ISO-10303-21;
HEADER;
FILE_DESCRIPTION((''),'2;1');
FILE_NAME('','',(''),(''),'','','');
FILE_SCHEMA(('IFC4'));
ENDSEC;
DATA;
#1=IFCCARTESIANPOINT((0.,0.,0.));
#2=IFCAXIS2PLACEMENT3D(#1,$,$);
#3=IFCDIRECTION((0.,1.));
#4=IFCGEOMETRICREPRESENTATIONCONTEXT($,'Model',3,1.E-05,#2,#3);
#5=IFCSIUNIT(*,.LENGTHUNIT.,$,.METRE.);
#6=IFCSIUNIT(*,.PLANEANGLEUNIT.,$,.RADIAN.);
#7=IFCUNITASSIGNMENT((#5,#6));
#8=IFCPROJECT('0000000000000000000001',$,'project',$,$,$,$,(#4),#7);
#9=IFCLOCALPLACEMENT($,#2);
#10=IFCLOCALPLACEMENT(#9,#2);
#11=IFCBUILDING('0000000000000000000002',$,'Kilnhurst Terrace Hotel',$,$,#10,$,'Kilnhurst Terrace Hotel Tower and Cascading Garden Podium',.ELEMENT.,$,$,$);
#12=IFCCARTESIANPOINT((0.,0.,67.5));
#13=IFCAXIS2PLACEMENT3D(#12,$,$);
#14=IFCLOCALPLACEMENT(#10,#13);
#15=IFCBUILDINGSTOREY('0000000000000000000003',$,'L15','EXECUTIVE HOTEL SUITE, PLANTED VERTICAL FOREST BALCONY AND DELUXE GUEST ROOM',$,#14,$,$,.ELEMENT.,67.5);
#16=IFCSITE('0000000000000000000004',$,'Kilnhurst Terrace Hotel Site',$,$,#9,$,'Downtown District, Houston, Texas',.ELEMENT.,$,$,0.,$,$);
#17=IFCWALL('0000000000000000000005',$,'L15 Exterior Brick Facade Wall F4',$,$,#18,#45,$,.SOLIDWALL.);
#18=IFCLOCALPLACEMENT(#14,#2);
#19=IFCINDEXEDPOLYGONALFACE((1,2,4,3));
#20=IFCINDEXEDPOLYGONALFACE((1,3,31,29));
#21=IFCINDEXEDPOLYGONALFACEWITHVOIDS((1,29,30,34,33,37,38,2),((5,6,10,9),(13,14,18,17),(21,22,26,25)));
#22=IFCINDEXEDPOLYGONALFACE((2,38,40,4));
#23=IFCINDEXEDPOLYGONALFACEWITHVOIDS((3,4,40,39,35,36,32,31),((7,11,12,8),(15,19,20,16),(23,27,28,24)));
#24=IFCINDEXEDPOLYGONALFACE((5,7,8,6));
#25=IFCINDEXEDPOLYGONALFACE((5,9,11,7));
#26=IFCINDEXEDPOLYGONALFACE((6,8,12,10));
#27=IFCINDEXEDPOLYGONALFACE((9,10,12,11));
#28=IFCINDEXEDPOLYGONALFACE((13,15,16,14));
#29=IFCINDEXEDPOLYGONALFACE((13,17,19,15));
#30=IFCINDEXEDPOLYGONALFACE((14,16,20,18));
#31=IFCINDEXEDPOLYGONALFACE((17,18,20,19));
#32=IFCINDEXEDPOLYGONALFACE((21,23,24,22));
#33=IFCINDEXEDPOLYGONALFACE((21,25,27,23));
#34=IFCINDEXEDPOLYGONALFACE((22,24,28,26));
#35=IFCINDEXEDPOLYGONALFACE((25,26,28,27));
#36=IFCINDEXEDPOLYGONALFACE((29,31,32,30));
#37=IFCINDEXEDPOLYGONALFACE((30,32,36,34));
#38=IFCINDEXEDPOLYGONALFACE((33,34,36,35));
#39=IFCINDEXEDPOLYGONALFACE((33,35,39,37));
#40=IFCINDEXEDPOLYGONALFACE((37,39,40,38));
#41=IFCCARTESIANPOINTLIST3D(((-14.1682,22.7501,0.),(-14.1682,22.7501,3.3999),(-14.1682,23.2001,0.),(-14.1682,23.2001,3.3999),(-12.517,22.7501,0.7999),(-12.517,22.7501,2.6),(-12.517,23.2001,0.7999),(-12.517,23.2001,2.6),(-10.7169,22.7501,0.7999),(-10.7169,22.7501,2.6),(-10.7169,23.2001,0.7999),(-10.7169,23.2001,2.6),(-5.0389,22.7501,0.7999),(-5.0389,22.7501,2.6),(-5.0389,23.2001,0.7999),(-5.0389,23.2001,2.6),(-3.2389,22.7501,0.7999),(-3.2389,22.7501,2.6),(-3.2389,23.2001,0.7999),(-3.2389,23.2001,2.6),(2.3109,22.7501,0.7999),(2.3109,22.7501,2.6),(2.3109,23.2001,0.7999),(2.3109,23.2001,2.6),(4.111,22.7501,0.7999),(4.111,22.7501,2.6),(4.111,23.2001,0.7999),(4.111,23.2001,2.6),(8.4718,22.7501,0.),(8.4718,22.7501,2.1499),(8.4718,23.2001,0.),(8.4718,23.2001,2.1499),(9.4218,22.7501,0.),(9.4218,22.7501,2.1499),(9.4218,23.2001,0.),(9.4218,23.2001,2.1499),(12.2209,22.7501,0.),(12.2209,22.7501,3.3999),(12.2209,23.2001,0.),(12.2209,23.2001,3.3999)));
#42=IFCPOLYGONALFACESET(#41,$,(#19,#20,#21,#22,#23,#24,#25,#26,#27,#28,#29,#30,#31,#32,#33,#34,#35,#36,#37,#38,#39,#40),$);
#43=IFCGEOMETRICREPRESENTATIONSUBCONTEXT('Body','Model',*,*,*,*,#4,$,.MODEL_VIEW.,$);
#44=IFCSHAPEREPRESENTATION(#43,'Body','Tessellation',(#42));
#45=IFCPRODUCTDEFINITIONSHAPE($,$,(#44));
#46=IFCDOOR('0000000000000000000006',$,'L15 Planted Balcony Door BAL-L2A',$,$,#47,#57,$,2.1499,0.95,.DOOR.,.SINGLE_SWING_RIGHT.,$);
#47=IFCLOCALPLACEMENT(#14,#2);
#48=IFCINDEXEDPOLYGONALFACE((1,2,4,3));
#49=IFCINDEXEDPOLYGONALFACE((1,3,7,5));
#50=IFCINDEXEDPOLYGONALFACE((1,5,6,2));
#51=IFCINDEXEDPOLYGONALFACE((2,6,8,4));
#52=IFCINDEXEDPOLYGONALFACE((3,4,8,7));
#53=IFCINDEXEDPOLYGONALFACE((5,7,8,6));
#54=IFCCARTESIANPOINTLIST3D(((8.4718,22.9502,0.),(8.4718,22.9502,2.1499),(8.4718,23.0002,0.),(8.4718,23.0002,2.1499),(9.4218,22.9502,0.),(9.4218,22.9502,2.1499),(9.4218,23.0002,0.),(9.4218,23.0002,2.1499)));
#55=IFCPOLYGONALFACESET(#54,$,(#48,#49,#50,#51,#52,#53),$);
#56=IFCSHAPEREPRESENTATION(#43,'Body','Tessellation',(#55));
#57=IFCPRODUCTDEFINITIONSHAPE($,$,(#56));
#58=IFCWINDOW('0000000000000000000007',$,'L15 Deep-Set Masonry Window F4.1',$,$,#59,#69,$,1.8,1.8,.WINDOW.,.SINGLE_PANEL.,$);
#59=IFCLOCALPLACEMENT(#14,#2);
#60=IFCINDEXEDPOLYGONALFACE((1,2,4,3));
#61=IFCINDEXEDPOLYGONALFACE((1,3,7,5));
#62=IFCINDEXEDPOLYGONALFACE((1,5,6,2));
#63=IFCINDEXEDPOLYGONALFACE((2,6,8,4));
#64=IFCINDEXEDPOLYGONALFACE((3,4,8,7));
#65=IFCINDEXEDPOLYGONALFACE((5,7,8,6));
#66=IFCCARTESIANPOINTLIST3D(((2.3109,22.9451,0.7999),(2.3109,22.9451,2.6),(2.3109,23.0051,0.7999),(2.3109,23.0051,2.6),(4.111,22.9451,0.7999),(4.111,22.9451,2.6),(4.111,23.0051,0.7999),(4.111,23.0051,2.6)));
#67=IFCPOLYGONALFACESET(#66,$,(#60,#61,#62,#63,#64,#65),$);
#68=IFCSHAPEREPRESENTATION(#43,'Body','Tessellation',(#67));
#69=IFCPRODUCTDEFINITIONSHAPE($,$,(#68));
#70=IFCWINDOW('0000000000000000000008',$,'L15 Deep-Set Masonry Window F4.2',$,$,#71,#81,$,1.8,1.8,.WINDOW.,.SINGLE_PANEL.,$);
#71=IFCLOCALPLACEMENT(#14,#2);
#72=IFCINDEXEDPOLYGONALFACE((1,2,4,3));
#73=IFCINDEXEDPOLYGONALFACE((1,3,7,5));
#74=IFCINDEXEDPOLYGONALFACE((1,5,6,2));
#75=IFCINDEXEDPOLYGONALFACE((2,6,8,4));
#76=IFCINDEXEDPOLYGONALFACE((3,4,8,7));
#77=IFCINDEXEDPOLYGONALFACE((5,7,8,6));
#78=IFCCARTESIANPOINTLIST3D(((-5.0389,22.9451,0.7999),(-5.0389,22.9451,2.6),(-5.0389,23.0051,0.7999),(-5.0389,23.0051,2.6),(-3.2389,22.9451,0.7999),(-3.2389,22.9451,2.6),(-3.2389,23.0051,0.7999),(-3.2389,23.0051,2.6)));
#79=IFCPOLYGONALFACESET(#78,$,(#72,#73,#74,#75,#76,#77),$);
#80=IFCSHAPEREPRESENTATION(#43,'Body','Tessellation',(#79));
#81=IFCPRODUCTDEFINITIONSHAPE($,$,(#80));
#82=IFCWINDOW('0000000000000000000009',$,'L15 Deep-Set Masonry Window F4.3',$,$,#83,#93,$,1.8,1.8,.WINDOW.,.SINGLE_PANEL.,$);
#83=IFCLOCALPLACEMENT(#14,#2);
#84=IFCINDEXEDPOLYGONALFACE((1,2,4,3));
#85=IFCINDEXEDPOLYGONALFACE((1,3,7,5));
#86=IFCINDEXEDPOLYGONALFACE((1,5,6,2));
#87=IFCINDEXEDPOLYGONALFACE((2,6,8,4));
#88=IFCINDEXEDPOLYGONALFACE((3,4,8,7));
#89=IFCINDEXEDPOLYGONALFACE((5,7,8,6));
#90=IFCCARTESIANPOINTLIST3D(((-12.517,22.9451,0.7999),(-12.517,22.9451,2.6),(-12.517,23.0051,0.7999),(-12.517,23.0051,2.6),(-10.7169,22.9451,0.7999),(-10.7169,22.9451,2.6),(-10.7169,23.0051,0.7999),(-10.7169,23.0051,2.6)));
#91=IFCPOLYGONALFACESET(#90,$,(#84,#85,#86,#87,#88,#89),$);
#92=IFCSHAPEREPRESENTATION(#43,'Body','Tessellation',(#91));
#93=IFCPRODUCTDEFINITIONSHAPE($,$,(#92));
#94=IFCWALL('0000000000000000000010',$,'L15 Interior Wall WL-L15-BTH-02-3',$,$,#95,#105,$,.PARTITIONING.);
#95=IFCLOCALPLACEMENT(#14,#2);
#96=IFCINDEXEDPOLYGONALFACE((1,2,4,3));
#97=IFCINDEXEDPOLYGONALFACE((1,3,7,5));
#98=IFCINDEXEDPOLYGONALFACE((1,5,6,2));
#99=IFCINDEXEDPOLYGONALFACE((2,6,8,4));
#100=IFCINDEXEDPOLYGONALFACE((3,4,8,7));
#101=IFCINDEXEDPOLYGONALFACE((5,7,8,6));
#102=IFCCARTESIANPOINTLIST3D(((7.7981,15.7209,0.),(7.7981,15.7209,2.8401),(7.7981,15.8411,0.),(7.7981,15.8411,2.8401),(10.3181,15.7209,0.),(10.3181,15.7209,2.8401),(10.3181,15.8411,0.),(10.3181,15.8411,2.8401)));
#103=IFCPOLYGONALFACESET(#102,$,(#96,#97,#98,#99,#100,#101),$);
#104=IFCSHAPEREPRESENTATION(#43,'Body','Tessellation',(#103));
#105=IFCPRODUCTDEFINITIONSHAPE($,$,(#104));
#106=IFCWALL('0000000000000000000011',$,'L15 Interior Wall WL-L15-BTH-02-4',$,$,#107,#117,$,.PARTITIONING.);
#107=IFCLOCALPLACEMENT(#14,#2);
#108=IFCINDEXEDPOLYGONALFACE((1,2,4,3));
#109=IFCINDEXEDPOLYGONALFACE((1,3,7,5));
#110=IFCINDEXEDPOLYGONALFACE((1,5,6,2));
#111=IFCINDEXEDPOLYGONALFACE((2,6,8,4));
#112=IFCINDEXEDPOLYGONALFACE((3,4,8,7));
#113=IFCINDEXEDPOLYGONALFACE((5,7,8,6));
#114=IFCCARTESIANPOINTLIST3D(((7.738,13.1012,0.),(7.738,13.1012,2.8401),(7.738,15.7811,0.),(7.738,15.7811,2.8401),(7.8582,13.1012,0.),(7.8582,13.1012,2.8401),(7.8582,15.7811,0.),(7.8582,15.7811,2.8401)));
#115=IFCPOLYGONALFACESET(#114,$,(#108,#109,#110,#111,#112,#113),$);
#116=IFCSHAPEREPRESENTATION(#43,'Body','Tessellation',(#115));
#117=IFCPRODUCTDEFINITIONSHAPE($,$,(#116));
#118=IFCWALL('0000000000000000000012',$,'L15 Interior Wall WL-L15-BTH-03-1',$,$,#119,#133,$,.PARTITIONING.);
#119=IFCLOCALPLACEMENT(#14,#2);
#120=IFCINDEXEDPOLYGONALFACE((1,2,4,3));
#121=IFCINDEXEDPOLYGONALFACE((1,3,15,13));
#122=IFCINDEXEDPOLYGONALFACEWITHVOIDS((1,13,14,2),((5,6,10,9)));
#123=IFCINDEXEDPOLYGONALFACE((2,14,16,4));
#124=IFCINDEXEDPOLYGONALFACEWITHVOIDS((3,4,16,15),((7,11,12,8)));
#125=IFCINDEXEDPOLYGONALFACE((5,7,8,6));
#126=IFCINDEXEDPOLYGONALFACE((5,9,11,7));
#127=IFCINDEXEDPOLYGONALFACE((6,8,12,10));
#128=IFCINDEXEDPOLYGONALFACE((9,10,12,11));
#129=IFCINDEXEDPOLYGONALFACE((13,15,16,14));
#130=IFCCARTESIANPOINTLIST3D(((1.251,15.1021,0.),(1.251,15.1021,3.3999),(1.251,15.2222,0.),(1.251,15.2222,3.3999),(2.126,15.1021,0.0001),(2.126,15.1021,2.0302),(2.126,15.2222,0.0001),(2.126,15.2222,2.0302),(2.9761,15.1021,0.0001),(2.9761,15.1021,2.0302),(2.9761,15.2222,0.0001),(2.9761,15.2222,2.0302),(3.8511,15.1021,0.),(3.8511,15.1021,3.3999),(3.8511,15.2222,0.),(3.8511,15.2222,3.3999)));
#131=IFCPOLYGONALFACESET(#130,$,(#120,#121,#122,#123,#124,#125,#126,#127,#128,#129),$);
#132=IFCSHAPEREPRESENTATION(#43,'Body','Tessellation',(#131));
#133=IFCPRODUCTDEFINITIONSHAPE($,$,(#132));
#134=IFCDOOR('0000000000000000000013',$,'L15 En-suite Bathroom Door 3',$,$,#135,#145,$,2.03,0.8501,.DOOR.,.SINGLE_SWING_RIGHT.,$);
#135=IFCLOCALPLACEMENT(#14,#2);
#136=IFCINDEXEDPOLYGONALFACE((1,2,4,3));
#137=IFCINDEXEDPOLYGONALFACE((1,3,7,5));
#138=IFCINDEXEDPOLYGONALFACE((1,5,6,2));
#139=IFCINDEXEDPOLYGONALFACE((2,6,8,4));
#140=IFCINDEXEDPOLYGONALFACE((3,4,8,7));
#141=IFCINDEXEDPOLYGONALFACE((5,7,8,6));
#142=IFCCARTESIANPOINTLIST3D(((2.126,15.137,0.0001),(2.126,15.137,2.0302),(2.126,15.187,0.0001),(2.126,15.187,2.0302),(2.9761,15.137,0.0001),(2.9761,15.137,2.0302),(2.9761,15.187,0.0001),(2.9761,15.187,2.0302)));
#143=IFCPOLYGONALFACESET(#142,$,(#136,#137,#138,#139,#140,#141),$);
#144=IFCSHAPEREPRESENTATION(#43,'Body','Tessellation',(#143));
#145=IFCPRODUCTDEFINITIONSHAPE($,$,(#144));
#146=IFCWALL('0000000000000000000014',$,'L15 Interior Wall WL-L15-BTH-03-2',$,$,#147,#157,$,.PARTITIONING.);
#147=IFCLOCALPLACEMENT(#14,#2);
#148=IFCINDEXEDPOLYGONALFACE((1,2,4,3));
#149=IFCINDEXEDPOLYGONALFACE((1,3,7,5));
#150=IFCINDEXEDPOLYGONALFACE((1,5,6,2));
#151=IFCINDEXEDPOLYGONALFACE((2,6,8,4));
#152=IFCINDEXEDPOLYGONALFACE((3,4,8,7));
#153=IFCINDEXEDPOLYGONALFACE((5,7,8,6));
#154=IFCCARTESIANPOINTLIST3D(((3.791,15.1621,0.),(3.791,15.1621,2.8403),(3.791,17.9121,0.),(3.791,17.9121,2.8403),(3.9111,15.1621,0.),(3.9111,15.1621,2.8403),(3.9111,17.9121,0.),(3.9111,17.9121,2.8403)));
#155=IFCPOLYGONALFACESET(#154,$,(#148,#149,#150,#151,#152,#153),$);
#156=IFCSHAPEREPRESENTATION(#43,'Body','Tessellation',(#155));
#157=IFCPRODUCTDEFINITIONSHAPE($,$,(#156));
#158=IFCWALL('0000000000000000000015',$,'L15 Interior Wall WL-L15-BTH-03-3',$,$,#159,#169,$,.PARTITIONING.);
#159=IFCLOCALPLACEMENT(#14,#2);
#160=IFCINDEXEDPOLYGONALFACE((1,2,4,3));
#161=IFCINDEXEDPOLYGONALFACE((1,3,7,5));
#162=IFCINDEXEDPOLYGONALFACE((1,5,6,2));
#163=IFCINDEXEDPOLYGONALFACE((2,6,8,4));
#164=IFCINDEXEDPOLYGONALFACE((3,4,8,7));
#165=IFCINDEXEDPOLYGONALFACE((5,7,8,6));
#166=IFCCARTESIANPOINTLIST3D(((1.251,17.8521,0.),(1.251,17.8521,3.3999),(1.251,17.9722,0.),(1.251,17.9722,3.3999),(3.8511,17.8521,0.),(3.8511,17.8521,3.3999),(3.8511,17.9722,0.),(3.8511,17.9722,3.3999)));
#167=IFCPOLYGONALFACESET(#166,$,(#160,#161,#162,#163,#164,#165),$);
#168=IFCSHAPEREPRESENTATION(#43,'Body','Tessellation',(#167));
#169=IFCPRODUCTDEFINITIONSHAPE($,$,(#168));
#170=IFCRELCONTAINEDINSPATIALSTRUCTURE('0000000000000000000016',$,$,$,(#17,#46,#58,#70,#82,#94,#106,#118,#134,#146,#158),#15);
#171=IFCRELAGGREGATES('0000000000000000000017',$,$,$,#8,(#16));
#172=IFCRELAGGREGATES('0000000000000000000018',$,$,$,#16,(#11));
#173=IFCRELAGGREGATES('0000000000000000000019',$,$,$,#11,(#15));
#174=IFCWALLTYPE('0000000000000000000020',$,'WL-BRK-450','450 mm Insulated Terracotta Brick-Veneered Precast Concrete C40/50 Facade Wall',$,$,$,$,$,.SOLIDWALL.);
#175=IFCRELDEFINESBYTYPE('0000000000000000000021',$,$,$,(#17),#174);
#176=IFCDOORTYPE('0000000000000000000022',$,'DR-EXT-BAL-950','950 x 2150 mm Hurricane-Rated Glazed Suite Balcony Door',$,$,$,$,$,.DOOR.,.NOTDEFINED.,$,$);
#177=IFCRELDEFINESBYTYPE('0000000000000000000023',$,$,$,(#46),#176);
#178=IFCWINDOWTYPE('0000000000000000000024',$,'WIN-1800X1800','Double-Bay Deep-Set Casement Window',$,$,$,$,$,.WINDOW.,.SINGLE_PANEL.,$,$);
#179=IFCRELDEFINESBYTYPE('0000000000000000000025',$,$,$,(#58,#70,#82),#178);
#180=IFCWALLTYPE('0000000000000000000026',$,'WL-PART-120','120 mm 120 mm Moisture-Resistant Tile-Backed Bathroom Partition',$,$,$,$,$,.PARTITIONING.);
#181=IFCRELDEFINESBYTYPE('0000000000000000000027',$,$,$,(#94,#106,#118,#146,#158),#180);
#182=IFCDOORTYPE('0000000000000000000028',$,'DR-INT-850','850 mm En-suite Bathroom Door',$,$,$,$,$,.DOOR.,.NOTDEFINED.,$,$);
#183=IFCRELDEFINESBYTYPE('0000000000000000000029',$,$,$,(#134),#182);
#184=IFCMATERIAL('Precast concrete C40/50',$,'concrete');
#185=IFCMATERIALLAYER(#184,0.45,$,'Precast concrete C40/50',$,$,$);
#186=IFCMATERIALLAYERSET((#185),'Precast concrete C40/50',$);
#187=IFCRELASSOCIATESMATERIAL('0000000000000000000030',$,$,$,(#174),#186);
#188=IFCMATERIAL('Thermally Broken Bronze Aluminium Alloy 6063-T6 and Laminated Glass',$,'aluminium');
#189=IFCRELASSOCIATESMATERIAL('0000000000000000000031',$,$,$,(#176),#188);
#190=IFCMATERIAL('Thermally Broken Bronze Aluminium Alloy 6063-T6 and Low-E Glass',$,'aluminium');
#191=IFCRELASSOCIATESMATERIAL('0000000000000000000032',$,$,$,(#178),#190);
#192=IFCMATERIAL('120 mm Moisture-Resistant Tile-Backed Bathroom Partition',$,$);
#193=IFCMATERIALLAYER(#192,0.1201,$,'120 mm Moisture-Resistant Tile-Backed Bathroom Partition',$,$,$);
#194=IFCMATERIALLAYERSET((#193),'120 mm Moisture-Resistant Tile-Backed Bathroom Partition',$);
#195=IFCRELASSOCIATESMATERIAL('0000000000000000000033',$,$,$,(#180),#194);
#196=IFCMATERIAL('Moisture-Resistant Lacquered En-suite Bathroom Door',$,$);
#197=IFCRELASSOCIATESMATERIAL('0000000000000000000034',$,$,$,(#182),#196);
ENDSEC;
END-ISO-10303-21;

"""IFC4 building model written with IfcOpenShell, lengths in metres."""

from ifc_helpers import new_model, si_unit, direction, frame, frame_2d, origin, place, context, subcontext, project, spatial, rectangle, extrude, material, layer, layer_set, type_object, element, fill, save


model = new_model("IFC4")

# Units and contexts
model_context = context("Model", 3, precision=1e-05, world=origin(), true_north=direction((0.0, 1.0)))
body_context = subcontext(model_context, "Body", "Model", "MODEL_VIEW")
ifc_project = project(units=[si_unit("LENGTHUNIT", "METRE"), si_unit("PLANEANGLEUNIT", "RADIAN")], contexts=[model_context])

# Site, building, storey
site_placement = place(None, origin())
site = spatial("IfcSite", under=ifc_project, at=site_placement, Name="Kilnhurst Terrace Hotel Site", LongName="Downtown District, Houston, Texas", CompositionType="ELEMENT", RefElevation=0.0)
building_placement = place(site_placement, origin())
building = spatial("IfcBuilding", under=site, at=building_placement, Name="Kilnhurst Terrace Hotel", LongName="Kilnhurst Terrace Hotel Tower and Cascading Garden Podium", CompositionType="ELEMENT")
storey_placement = place(building_placement, frame((0.0, 0.0, 67.5)))
storey = spatial("IfcBuildingStorey", under=building, at=storey_placement, Name="L15", Description="EXECUTIVE HOTEL SUITE, PLANTED VERTICAL FOREST BALCONY AND DELUXE GUEST ROOM", CompositionType="ELEMENT", Elevation=67.5)

# Shared definitions
ifc_material_1 = material(Name="Precast concrete C40/50", Category="concrete")
ifc_layer_1 = layer(ifc_material_1, 0.45, Name="Precast concrete C40/50")
ifc_layer_set_1 = layer_set([ifc_layer_1], Name="Precast concrete C40/50")
wall_type_1 = type_object("IfcWallType", Name="WL-BRK-450", Description="450 mm Insulated Terracotta Brick-Veneered Precast Concrete C40/50 Facade Wall", PredefinedType="SOLIDWALL", material=ifc_layer_set_1)

# Wall, openings, door, windows
wall_1_placement = place(storey_placement, frame((12.2209, 22.9751, 0.0), z_axis=(0.0, 0.0, 1.0), x_axis=(-1.0, 0.0, 0.0)))
wall_1 = element("IfcWall", 1, at=wall_1_placement, inside=storey, type_object=wall_type_1, Name="L15 Exterior Brick Facade Wall F4", PredefinedType="SOLIDWALL", context=body_context, shape_type="SweptSolid", body=[
    extrude(rectangle(XDim=26.3892, YDim=0.45, at=frame_2d((13.1946, 0.0))), origin(), (0.0, 0.0, 1.0), 3.3999),
])
opening_1_placement = place(wall_1_placement, frame((2.7991, 0.0, 0.0)))
opening_1 = element("IfcOpeningElement", 2, at=opening_1_placement, cuts=wall_1, PredefinedType="OPENING", context=body_context, shape_type="SweptSolid", body=[
    extrude(rectangle(XDim=0.95, YDim=2.1499, at=frame_2d((0.4751, 1.075))), frame((0.0, 0.2349, 0.0), z_axis=(0.0, -1.0, 0.0), x_axis=(1.0, 0.0, 0.0)), (0.0, 0.0, 1.0), 0.47),
])
opening_2_placement = place(wall_1_placement, frame((8.1101, 0.0, 0.8)))
opening_2 = element("IfcOpeningElement", 3, at=opening_2_placement, cuts=wall_1, PredefinedType="OPENING", context=body_context, shape_type="SweptSolid", body=[
    extrude(rectangle(XDim=1.8, YDim=1.8, at=frame_2d((0.8999, 0.8999))), frame((0.0, 0.2349, 0.0), z_axis=(0.0, -1.0, 0.0), x_axis=(1.0, 0.0, 0.0)), (0.0, 0.0, 1.0), 0.47),
])
opening_3_placement = place(wall_1_placement, frame((15.46, 0.0, 0.8)))
opening_3 = element("IfcOpeningElement", 4, at=opening_3_placement, cuts=wall_1, PredefinedType="OPENING", context=body_context, shape_type="SweptSolid", body=[
    extrude(rectangle(XDim=1.8, YDim=1.8, at=frame_2d((0.8999, 0.8999))), frame((0.0, 0.2349, 0.0), z_axis=(0.0, -1.0, 0.0), x_axis=(1.0, 0.0, 0.0)), (0.0, 0.0, 1.0), 0.47),
])
opening_4_placement = place(wall_1_placement, frame((22.938, 0.0, 0.8)))
opening_4 = element("IfcOpeningElement", 5, at=opening_4_placement, cuts=wall_1, PredefinedType="OPENING", context=body_context, shape_type="SweptSolid", body=[
    extrude(rectangle(XDim=1.8, YDim=1.8, at=frame_2d((0.8999, 0.8999))), frame((0.0, 0.2349, 0.0), z_axis=(0.0, -1.0, 0.0), x_axis=(1.0, 0.0, 0.0)), (0.0, 0.0, 1.0), 0.47),
])
ifc_material_2 = material(Name="Thermally Broken Bronze Aluminium Alloy 6063-T6 and Laminated Glass", Category="aluminium")
door_type_1 = type_object("IfcDoorType", Name="DR-EXT-BAL-950", Description="950 x 2150 mm Hurricane-Rated Glazed Suite Balcony Door", OperationType="NOTDEFINED", PredefinedType="DOOR", material=ifc_material_2)
door_1_placement = place(opening_1_placement, origin())
door_1 = element("IfcDoor", 6, at=door_1_placement, inside=storey, type_object=door_type_1, Name="L15 Planted Balcony Door BAL-L2A", OperationType="SINGLE_SWING_RIGHT", OverallHeight=2.1499, OverallWidth=0.95, PredefinedType="DOOR", context=body_context, shape_type="SweptSolid", body=[
    extrude(rectangle(XDim=0.95, YDim=2.1499, at=frame_2d((0.4751, 1.075))), frame((0.0, 0.0249, 0.0), z_axis=(0.0, -1.0, 0.0), x_axis=(1.0, 0.0, 0.0)), (0.0, 0.0, 1.0), 0.05),
])
fill(opening_1, door_1)
ifc_material_3 = material(Name="Thermally Broken Bronze Aluminium Alloy 6063-T6 and Low-E Glass", Category="aluminium")
window_type = type_object("IfcWindowType", Name="WIN-1800X1800", Description="Double-Bay Deep-Set Casement Window", PartitioningType="SINGLE_PANEL", PredefinedType="WINDOW", material=ifc_material_3)
window_1_placement = place(opening_2_placement, origin())
window_1 = element("IfcWindow", 7, at=window_1_placement, inside=storey, type_object=window_type, Name="L15 Deep-Set Masonry Window F4.1", OverallHeight=1.8, OverallWidth=1.8, PartitioningType="SINGLE_PANEL", PredefinedType="WINDOW", context=body_context, shape_type="SweptSolid", body=[
    extrude(rectangle(XDim=1.8, YDim=1.8, at=frame_2d((0.8999, 0.8999))), frame((0.0, 0.03, 0.0), z_axis=(0.0, -1.0, 0.0), x_axis=(1.0, 0.0, 0.0)), (0.0, 0.0, 1.0), 0.0601),
])
fill(opening_2, window_1)
window_2_placement = place(opening_3_placement, origin())
window_2 = element("IfcWindow", 8, at=window_2_placement, inside=storey, type_object=window_type, Name="L15 Deep-Set Masonry Window F4.2", OverallHeight=1.8, OverallWidth=1.8, PartitioningType="SINGLE_PANEL", PredefinedType="WINDOW", context=body_context, shape_type="SweptSolid", body=[
    extrude(rectangle(XDim=1.8, YDim=1.8, at=frame_2d((0.8999, 0.8999))), frame((0.0, 0.03, 0.0), z_axis=(0.0, -1.0, 0.0), x_axis=(1.0, 0.0, 0.0)), (0.0, 0.0, 1.0), 0.0601),
])
fill(opening_3, window_2)
window_3_placement = place(opening_4_placement, origin())
window_3 = element("IfcWindow", 9, at=window_3_placement, inside=storey, type_object=window_type, Name="L15 Deep-Set Masonry Window F4.3", OverallHeight=1.8, OverallWidth=1.8, PartitioningType="SINGLE_PANEL", PredefinedType="WINDOW", context=body_context, shape_type="SweptSolid", body=[
    extrude(rectangle(XDim=1.8, YDim=1.8, at=frame_2d((0.8999, 0.8999))), frame((0.0, 0.03, 0.0), z_axis=(0.0, -1.0, 0.0), x_axis=(1.0, 0.0, 0.0)), (0.0, 0.0, 1.0), 0.0601),
])
fill(opening_4, window_3)

# Walls
ifc_material_4 = material(Name="120 mm Moisture-Resistant Tile-Backed Bathroom Partition")
ifc_layer_2 = layer(ifc_material_4, 0.1201, Name="120 mm Moisture-Resistant Tile-Backed Bathroom Partition")
ifc_layer_set_2 = layer_set([ifc_layer_2], Name="120 mm Moisture-Resistant Tile-Backed Bathroom Partition")
wall_type_2 = type_object("IfcWallType", Name="WL-PART-120", Description="120 mm 120 mm Moisture-Resistant Tile-Backed Bathroom Partition", PredefinedType="PARTITIONING", material=ifc_layer_set_2)
wall_2_placement = place(storey_placement, frame((10.3181, 15.781, 0.0), z_axis=(0.0, 0.0, 1.0), x_axis=(-1.0, 0.0, 0.0)))
element("IfcWall", 10, at=wall_2_placement, inside=storey, type_object=wall_type_2, Name="L15 Interior Wall WL-L15-BTH-02-3", PredefinedType="PARTITIONING", context=body_context, shape_type="SweptSolid", body=[
    extrude(rectangle(XDim=2.52, YDim=0.1201, at=frame_2d((1.26, 0.0))), origin(), (0.0, 0.0, 1.0), 2.8401),
])
wall_3_placement = place(storey_placement, frame((7.7981, 15.781, 0.0), z_axis=(0.0, 0.0, 1.0), x_axis=(0.0, -1.0, 0.0)))
element("IfcWall", 11, at=wall_3_placement, inside=storey, type_object=wall_type_2, Name="L15 Interior Wall WL-L15-BTH-02-4", PredefinedType="PARTITIONING", context=body_context, shape_type="SweptSolid", body=[
    extrude(rectangle(XDim=2.6799, YDim=0.1201, at=frame_2d((1.3398, 0.0))), origin(), (0.0, 0.0, 1.0), 2.8401),
])

# Wall, opening, door
wall_4_placement = place(storey_placement, frame((1.251, 15.1621, 0.0), z_axis=(0.0, 0.0, 1.0), x_axis=(1.0, 0.0, 0.0)))
wall_4 = element("IfcWall", 12, at=wall_4_placement, inside=storey, type_object=wall_type_2, Name="L15 Interior Wall WL-L15-BTH-03-1", PredefinedType="PARTITIONING", context=body_context, shape_type="SweptSolid", body=[
    extrude(rectangle(XDim=2.6001, YDim=0.1201, at=frame_2d((1.3, 0.0))), origin(), (0.0, 0.0, 1.0), 3.3999),
])
opening_5_placement = place(wall_4_placement, frame((0.875, 0.0, 0.0)))
opening_5 = element("IfcOpeningElement", 13, at=opening_5_placement, cuts=wall_4, PredefinedType="OPENING", context=body_context, shape_type="SweptSolid", body=[
    extrude(rectangle(XDim=0.8501, YDim=2.03, at=frame_2d((0.425, 1.0151))), frame((0.0, 0.0701, 0.0), z_axis=(0.0, -1.0, 0.0), x_axis=(1.0, 0.0, 0.0)), (0.0, 0.0, 1.0), 0.1401),
])
ifc_material_5 = material(Name="Moisture-Resistant Lacquered En-suite Bathroom Door")
door_type_2 = type_object("IfcDoorType", Name="DR-INT-850", Description="850 mm En-suite Bathroom Door", OperationType="NOTDEFINED", PredefinedType="DOOR", material=ifc_material_5)
door_2_placement = place(opening_5_placement, origin())
door_2 = element("IfcDoor", 14, at=door_2_placement, inside=storey, type_object=door_type_2, Name="L15 En-suite Bathroom Door 3", OperationType="SINGLE_SWING_RIGHT", OverallHeight=2.03, OverallWidth=0.8501, PredefinedType="DOOR", context=body_context, shape_type="SweptSolid", body=[
    extrude(rectangle(XDim=0.8501, YDim=2.03, at=frame_2d((0.425, 1.0151))), frame((0.0, 0.0249, 0.0), z_axis=(0.0, -1.0, 0.0), x_axis=(1.0, 0.0, 0.0)), (0.0, 0.0, 1.0), 0.05),
])
fill(opening_5, door_2)

# Walls
wall_5_placement = place(storey_placement, frame((3.8511, 15.1621, 0.0), z_axis=(0.0, 0.0, 1.0), x_axis=(0.0, 1.0, 0.0)))
element("IfcWall", 15, at=wall_5_placement, inside=storey, type_object=wall_type_2, Name="L15 Interior Wall WL-L15-BTH-03-2", PredefinedType="PARTITIONING", context=body_context, shape_type="SweptSolid", body=[
    extrude(rectangle(XDim=2.75, YDim=0.1201, at=frame_2d((1.375, 0.0))), origin(), (0.0, 0.0, 1.0), 2.8403),
])
wall_6_placement = place(storey_placement, frame((3.8511, 17.9121, 0.0), z_axis=(0.0, 0.0, 1.0), x_axis=(-1.0, 0.0, 0.0)))
element("IfcWall", 16, at=wall_6_placement, inside=storey, type_object=wall_type_2, Name="L15 Interior Wall WL-L15-BTH-03-3", PredefinedType="PARTITIONING", context=body_context, shape_type="SweptSolid", body=[
    extrude(rectangle(XDim=2.6001, YDim=0.1201, at=frame_2d((1.3, 0.0))), origin(), (0.0, 0.0, 1.0), 3.3999),
])

save(model, "model.ifc")
